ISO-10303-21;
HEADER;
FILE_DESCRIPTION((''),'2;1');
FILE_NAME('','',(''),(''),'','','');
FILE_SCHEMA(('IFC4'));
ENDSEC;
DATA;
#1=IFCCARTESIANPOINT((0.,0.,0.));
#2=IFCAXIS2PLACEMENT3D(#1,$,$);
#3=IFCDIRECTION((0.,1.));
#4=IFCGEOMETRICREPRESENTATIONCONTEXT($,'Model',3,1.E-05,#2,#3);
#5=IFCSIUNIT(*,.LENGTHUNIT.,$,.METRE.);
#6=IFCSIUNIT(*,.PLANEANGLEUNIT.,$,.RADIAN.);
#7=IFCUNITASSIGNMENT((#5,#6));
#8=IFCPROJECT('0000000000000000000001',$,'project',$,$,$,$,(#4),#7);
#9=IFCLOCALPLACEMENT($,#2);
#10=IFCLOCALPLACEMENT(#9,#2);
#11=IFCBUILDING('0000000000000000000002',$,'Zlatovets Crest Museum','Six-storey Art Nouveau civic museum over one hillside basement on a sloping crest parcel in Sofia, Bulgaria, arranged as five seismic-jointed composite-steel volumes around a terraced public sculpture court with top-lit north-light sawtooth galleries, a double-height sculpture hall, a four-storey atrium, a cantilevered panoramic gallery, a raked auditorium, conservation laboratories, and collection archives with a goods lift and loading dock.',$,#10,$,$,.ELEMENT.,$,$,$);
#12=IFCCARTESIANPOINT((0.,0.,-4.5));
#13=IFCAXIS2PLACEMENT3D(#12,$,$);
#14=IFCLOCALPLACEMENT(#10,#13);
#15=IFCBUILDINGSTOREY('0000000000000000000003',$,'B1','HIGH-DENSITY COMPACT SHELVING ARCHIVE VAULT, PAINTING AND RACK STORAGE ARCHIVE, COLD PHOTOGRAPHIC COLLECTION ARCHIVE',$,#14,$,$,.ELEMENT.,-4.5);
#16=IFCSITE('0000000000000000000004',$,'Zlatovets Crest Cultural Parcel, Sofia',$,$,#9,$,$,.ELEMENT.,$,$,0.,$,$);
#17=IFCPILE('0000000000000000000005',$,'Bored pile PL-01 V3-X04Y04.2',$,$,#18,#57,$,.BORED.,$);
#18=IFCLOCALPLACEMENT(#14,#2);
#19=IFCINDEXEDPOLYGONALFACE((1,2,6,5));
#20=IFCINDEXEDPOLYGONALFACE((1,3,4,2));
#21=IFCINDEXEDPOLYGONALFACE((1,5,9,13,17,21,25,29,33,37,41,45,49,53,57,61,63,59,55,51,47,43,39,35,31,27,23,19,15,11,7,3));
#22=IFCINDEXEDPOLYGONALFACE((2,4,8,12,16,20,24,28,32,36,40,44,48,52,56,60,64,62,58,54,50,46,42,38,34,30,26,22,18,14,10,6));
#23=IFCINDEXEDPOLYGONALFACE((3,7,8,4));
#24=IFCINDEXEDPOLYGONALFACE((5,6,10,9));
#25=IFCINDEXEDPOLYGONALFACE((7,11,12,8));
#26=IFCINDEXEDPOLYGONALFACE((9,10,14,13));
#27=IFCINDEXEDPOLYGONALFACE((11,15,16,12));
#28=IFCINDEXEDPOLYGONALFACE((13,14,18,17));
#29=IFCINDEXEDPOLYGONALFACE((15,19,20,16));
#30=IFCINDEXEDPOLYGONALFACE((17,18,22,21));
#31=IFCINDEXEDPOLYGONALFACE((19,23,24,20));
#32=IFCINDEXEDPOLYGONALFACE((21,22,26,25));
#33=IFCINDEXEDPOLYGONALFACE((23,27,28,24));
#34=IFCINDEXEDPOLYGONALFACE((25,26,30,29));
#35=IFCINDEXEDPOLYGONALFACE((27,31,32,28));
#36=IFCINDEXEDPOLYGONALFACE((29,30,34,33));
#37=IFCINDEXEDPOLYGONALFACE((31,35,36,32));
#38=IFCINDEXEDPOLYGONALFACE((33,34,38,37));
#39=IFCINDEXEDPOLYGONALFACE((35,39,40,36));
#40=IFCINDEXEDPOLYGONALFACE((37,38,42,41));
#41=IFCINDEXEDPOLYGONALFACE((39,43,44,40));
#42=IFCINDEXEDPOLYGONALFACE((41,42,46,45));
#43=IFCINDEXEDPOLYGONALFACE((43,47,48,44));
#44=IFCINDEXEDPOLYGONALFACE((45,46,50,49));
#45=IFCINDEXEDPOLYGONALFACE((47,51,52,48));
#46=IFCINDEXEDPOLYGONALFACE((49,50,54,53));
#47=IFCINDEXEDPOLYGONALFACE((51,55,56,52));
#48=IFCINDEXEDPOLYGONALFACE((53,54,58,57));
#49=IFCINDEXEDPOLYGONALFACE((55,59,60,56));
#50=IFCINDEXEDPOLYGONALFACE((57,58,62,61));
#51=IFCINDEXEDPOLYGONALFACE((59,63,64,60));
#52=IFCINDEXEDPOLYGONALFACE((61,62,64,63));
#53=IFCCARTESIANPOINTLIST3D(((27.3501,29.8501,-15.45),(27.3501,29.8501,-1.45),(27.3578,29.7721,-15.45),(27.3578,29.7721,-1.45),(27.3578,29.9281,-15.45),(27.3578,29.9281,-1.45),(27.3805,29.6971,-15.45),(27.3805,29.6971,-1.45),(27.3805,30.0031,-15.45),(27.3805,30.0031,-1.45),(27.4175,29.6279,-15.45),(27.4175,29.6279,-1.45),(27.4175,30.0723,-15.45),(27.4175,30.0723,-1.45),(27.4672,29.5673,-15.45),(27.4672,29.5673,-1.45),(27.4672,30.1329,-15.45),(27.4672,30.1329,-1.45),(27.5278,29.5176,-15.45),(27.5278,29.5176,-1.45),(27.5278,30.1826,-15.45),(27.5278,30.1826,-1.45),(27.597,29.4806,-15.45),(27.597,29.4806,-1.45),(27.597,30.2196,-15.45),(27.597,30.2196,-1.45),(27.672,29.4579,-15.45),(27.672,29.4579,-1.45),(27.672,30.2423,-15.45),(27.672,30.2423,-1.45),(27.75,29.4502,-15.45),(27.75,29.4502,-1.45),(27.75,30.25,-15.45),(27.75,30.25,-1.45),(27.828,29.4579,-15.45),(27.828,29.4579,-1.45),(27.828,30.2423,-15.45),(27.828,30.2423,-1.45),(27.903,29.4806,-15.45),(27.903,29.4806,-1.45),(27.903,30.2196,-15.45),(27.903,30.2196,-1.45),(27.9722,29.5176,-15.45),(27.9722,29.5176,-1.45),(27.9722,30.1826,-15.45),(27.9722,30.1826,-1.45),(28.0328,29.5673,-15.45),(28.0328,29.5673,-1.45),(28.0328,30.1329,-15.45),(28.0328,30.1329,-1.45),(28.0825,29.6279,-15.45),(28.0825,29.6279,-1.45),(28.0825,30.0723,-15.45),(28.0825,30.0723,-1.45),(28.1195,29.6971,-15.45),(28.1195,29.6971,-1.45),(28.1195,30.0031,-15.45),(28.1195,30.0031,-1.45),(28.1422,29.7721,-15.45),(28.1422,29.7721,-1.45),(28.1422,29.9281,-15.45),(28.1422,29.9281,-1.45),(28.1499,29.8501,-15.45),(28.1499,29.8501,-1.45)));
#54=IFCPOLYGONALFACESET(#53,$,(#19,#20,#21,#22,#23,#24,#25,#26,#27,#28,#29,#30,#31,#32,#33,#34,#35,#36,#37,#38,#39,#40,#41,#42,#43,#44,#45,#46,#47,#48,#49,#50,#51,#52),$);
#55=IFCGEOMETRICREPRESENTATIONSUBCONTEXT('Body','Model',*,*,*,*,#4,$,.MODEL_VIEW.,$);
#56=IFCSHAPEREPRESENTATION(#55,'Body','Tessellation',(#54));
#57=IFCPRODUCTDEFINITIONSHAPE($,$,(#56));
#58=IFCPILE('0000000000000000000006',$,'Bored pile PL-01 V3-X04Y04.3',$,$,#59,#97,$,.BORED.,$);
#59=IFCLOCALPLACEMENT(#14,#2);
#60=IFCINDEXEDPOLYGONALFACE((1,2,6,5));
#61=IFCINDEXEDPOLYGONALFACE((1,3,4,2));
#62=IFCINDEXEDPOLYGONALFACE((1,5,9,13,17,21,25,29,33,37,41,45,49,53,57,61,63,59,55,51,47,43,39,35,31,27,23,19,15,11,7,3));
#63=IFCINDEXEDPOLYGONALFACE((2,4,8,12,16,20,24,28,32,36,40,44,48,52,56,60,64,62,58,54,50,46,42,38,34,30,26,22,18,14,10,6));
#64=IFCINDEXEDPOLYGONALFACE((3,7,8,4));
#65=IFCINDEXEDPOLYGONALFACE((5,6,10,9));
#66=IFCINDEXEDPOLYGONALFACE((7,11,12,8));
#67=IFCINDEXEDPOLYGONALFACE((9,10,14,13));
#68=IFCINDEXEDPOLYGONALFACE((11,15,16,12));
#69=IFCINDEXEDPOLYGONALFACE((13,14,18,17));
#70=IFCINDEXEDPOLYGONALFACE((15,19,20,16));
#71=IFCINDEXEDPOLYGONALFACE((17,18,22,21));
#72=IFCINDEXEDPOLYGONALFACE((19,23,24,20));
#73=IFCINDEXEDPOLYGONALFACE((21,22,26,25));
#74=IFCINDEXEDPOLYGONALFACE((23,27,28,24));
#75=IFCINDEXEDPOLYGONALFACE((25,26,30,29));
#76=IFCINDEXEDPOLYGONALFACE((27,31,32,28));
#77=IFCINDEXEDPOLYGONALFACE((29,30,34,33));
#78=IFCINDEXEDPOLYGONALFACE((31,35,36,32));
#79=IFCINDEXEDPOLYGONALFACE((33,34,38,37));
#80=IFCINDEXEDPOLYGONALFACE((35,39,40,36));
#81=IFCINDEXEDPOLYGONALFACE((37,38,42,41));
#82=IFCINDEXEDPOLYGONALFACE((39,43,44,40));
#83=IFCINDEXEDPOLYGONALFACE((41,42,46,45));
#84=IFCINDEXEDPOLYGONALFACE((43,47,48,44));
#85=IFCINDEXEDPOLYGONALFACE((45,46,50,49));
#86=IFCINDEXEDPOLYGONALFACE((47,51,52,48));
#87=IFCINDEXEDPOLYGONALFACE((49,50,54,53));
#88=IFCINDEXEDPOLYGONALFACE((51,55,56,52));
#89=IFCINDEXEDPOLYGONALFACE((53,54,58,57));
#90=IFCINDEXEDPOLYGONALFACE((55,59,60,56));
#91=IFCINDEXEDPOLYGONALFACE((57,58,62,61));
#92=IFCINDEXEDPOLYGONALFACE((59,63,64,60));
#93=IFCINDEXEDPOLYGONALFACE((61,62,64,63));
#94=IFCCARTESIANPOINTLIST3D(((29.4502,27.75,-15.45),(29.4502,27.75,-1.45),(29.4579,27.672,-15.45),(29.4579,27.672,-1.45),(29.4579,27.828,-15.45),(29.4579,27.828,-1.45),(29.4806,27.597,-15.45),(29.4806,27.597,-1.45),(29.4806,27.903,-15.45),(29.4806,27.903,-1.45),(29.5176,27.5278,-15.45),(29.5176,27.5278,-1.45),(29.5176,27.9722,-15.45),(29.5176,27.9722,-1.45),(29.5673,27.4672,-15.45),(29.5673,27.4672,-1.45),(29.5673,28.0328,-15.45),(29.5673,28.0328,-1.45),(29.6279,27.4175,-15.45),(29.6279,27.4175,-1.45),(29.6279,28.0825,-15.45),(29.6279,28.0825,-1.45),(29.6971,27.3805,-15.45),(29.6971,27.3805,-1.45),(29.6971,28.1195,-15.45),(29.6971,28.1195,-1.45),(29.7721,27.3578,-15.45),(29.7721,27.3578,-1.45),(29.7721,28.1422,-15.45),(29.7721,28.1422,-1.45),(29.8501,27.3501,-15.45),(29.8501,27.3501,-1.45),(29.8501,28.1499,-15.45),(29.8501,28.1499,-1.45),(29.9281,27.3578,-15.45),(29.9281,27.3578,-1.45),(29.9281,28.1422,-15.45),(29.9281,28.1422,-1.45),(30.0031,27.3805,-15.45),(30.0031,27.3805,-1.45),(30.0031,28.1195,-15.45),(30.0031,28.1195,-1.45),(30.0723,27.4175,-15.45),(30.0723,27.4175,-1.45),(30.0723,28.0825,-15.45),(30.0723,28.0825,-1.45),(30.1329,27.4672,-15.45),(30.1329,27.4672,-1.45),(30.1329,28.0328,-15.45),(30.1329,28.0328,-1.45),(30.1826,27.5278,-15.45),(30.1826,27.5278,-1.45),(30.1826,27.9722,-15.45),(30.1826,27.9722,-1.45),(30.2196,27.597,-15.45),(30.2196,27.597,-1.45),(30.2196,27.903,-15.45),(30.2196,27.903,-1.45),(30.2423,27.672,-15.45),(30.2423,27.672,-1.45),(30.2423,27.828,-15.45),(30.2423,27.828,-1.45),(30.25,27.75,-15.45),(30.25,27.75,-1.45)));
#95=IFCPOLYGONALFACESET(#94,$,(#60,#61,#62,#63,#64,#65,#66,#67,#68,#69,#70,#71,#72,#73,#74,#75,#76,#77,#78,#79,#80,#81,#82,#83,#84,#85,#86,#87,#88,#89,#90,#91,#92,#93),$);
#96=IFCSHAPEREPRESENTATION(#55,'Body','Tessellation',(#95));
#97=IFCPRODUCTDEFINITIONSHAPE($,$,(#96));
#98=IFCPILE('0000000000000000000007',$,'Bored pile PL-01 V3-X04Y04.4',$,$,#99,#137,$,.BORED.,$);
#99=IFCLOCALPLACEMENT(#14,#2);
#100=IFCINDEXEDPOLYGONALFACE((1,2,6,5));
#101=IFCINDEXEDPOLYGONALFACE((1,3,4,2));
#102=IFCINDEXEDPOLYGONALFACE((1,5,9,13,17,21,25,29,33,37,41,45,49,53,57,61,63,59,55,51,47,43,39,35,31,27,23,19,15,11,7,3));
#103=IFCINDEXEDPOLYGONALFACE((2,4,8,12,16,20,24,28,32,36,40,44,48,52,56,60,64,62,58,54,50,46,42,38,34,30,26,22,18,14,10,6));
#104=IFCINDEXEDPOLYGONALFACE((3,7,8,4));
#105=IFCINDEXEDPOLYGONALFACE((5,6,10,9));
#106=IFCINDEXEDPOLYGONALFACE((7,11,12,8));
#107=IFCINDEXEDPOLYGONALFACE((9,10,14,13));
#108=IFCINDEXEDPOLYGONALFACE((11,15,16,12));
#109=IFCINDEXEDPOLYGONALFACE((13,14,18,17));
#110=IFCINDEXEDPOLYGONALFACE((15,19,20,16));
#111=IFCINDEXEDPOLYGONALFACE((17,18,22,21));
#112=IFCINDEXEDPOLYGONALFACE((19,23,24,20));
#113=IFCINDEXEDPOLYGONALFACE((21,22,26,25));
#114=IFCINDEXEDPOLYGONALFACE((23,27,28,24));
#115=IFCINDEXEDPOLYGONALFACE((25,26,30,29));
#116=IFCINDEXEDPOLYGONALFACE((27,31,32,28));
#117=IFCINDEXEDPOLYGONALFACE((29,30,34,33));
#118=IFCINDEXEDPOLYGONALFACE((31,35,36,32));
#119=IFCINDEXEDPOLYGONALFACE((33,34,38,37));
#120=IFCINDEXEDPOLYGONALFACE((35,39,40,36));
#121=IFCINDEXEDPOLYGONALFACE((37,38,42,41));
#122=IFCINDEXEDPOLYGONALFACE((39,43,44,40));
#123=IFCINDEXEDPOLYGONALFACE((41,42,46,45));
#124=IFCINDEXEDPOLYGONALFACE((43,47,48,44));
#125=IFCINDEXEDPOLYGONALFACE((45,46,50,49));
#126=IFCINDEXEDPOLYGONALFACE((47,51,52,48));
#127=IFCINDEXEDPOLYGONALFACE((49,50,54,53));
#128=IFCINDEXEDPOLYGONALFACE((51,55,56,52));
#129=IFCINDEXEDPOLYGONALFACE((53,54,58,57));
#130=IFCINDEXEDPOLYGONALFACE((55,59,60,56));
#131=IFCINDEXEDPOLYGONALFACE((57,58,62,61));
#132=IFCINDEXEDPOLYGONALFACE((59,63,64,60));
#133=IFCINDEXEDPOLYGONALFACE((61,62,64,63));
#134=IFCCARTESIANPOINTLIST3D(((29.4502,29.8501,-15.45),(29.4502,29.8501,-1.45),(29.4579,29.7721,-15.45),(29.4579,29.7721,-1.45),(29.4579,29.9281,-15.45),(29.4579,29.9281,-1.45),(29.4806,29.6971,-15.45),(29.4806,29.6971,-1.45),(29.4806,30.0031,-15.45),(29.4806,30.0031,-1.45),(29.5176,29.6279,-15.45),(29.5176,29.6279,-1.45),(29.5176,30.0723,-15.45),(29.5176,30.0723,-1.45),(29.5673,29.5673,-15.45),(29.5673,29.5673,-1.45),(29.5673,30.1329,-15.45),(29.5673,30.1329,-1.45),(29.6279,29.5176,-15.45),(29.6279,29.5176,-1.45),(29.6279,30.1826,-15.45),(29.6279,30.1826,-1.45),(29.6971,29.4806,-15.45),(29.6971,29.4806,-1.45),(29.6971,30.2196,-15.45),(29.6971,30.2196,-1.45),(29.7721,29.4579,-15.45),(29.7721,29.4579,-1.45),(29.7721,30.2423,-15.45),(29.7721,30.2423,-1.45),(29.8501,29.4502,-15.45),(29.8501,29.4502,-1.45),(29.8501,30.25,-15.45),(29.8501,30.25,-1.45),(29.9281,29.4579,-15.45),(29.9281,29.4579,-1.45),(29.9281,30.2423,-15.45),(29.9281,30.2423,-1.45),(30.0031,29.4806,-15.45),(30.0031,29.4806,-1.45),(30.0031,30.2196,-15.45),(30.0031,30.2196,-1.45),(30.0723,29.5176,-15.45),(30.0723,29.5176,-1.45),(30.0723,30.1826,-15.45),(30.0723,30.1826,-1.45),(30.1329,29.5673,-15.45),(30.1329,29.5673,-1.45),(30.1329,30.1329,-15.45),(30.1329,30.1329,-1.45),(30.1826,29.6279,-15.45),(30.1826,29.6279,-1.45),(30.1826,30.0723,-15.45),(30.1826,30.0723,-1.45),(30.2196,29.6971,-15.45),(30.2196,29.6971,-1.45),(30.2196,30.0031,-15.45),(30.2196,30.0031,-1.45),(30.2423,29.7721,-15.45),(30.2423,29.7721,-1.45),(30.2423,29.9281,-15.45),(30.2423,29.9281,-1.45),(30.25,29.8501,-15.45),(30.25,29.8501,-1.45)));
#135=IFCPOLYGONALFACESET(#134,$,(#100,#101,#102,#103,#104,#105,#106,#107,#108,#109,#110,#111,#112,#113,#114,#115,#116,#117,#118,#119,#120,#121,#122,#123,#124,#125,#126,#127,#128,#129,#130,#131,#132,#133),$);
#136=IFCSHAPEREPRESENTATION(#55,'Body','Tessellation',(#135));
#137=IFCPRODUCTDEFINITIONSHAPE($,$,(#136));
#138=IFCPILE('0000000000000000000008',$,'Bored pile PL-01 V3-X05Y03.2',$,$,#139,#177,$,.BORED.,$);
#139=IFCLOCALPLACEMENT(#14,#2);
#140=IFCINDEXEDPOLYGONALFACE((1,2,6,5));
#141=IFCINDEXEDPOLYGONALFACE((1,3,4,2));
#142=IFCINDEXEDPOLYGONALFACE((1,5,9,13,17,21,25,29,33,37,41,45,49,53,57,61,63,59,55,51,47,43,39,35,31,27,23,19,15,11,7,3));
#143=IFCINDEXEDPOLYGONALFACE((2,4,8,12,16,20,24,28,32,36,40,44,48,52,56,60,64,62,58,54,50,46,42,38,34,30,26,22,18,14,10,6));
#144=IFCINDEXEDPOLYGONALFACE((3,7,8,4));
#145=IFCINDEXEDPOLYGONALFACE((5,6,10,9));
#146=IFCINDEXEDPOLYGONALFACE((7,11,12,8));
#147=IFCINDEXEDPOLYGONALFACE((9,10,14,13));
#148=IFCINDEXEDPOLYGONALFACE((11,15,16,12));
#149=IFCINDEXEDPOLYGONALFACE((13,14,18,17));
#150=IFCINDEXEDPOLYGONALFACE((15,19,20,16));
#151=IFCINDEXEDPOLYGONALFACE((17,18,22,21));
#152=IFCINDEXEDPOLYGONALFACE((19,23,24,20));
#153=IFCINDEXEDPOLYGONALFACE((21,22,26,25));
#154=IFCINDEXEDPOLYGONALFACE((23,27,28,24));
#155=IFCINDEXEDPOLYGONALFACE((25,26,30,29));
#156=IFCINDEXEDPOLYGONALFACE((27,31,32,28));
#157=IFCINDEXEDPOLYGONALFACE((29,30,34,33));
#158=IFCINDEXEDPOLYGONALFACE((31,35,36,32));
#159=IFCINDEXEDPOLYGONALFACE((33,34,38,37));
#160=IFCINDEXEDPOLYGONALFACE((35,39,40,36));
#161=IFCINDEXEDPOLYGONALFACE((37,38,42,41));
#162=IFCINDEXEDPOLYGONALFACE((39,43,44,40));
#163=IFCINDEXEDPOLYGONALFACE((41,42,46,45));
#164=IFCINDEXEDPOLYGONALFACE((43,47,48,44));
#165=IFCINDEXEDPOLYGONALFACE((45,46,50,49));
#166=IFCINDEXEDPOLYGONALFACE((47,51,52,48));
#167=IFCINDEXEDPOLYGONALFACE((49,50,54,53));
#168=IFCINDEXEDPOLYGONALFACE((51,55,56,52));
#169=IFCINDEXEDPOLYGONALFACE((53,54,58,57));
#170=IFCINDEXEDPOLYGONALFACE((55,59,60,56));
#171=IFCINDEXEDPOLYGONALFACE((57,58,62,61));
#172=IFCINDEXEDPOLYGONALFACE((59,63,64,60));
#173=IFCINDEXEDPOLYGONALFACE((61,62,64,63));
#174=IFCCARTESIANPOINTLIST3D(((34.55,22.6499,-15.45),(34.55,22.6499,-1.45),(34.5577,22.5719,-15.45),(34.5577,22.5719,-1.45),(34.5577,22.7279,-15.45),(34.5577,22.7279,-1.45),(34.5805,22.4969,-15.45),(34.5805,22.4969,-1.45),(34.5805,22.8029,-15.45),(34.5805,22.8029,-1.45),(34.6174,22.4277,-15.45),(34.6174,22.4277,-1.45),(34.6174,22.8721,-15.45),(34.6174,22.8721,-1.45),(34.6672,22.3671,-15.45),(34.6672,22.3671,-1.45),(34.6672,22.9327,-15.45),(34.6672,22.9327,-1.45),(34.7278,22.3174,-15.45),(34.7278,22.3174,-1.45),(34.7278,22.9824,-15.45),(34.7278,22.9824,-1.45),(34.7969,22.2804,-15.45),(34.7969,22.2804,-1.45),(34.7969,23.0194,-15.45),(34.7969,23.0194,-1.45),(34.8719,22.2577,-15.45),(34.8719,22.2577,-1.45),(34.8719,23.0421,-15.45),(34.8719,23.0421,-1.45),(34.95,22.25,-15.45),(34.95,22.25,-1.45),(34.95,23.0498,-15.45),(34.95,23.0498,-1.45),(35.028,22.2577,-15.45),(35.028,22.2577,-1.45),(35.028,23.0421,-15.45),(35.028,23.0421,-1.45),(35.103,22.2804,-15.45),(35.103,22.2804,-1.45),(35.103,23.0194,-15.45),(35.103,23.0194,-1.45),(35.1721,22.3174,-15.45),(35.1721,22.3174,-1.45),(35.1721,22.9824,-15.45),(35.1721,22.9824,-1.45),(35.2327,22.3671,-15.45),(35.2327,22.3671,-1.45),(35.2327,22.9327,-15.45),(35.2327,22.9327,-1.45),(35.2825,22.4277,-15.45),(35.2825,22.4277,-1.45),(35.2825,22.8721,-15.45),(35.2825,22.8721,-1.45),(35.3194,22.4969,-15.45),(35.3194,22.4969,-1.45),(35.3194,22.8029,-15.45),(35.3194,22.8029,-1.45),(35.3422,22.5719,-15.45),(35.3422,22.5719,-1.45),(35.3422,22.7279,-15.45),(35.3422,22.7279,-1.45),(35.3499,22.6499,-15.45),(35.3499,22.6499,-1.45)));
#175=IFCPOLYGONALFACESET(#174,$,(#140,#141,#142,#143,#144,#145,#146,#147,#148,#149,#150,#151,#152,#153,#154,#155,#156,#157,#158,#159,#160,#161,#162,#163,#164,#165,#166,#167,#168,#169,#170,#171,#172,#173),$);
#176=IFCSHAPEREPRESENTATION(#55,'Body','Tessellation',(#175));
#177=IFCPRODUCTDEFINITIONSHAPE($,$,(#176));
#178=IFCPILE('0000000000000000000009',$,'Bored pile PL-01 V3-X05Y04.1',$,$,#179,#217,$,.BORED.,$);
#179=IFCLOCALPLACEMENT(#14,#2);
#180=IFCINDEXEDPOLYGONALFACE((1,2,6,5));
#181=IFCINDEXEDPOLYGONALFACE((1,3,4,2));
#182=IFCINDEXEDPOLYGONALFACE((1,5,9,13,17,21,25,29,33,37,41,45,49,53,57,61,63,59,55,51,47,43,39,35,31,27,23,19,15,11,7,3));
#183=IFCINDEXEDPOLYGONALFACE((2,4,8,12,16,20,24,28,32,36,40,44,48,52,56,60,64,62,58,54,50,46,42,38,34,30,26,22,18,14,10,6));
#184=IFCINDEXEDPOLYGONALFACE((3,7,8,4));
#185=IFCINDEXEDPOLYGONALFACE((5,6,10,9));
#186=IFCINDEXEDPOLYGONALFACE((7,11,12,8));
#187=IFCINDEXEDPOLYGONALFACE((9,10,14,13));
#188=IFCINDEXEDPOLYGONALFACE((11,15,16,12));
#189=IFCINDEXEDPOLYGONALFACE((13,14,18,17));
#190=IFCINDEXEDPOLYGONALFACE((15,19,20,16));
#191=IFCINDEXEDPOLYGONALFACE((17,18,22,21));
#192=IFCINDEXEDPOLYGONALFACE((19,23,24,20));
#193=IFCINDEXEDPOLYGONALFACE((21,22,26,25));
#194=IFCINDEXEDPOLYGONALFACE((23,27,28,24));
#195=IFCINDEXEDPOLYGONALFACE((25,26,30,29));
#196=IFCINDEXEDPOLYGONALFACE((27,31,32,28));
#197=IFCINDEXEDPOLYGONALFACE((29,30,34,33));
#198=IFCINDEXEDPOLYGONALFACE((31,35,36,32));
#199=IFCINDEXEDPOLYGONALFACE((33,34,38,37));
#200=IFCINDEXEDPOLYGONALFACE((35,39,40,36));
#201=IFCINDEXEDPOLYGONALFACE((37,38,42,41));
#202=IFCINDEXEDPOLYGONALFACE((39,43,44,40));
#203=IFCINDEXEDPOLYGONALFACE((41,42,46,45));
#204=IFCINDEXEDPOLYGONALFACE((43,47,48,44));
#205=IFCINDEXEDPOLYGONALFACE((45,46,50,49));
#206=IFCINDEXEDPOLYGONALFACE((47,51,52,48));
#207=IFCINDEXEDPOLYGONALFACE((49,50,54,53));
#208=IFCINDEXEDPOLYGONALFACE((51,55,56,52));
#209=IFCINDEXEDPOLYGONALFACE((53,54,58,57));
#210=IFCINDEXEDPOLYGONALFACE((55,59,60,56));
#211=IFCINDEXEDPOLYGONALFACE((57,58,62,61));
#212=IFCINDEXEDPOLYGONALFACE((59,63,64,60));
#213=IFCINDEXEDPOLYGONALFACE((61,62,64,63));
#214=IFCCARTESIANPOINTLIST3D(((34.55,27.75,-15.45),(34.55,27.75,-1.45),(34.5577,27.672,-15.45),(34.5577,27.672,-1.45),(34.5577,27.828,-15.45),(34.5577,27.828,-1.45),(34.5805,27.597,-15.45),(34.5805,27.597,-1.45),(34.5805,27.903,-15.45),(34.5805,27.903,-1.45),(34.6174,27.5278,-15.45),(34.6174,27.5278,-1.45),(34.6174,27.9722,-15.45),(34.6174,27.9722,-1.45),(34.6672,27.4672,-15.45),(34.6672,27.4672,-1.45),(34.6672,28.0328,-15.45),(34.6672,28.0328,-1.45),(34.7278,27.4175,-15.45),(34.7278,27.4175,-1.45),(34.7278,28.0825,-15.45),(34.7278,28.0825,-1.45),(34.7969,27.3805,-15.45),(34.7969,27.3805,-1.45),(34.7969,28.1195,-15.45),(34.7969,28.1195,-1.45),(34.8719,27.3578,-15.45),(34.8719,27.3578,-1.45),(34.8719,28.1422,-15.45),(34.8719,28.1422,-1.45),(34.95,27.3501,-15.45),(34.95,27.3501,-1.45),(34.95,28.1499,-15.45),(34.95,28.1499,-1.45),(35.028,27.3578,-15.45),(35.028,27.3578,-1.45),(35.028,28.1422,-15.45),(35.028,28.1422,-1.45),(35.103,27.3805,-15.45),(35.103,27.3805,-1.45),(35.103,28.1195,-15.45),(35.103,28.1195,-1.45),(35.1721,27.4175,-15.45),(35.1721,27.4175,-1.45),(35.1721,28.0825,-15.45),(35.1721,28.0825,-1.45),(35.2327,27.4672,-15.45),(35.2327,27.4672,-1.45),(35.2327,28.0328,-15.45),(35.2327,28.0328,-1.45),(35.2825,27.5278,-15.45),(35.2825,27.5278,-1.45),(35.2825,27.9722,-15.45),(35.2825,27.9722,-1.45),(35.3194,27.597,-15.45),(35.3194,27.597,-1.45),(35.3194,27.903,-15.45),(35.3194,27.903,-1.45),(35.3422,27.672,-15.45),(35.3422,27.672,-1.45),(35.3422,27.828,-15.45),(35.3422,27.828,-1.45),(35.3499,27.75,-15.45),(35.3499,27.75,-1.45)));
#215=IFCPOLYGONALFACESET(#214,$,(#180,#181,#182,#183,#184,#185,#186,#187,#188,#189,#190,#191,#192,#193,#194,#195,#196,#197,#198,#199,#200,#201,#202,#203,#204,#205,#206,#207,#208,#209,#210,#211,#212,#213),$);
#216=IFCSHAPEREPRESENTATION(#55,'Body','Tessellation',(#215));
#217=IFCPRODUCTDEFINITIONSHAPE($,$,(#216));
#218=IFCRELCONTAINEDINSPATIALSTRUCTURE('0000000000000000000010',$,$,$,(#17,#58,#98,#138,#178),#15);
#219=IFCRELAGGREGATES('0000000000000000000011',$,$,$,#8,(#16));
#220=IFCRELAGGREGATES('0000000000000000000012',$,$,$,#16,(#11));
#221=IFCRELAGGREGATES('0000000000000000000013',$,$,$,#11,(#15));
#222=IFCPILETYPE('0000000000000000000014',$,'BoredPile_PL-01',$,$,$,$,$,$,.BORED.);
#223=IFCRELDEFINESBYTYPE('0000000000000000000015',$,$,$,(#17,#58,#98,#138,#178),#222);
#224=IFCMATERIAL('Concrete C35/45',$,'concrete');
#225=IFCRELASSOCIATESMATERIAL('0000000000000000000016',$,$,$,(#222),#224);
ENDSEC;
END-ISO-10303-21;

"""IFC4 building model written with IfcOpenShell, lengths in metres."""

from ifc_helpers import new_model, si_unit, direction, frame, origin, origin_2d, place, context, subcontext, project, spatial, circle, extrude, material, material_profile, profile_set, type_object, element, save


model = new_model("IFC4")

# Units and contexts
model_context = context("Model", 3, precision=1e-05, world=origin(), true_north=direction((0.0, 1.0)))
body_context = subcontext(model_context, "Body", "Model", "MODEL_VIEW")
ifc_project = project(units=[si_unit("LENGTHUNIT", "METRE"), si_unit("PLANEANGLEUNIT", "RADIAN")], contexts=[model_context])

# Site, building, storey
site_placement = place(None, origin())
site = spatial("IfcSite", under=ifc_project, at=site_placement, Name="Zlatovets Crest Cultural Parcel, Sofia", CompositionType="ELEMENT", RefElevation=0.0)
building_placement = place(site_placement, origin())
building = spatial("IfcBuilding", under=site, at=building_placement, Name="Zlatovets Crest Museum", Description="Six-storey Art Nouveau civic museum over one hillside basement on a sloping crest parcel in Sofia, Bulgaria, arranged as five seismic-jointed composite-steel volumes around a terraced public sculpture court with top-lit north-light sawtooth galleries, a double-height sculpture hall, a four-storey atrium, a cantilevered panoramic gallery, a raked auditorium, conservation laboratories, and collection archives with a goods lift and loading dock.", CompositionType="ELEMENT")
storey_placement = place(building_placement, frame((0.0, 0.0, -4.5)))
storey = spatial("IfcBuildingStorey", under=building, at=storey_placement, Name="B1", Description="HIGH-DENSITY COMPACT SHELVING ARCHIVE VAULT, PAINTING AND RACK STORAGE ARCHIVE, COLD PHOTOGRAPHIC COLLECTION ARCHIVE", CompositionType="ELEMENT", Elevation=-4.5)

# Piles
ifc_material_1 = material(Name="Concrete C35/45", Category="concrete")
ifc_material_profile_1 = material_profile(ifc_material_1, circle(Radius=0.3999, at=origin_2d()), Name="PILE D800")
ifc_profile_set_1 = profile_set([ifc_material_profile_1], Name="Concrete C35/45")
pile_type = type_object("IfcPileType", Name="BoredPile_PL-01", PredefinedType="BORED", material=ifc_profile_set_1)
for number, where, z_axis, x_axis, name in (
    (1, (27.75, 29.8501, -1.45), (0.0, 0.0, -1.0), (1.0, 0.0, 0.0), "Bored pile PL-01 V3-X04Y04.2"),
    (2, (29.8501, 27.75, -1.45), (0.0, 0.0, -1.0), (1.0, 0.0, 0.0), "Bored pile PL-01 V3-X04Y04.3"),
    (3, (29.8501, 29.8501, -1.45), (0.0, 0.0, -1.0), (1.0, 0.0, 0.0), "Bored pile PL-01 V3-X04Y04.4"),
    (4, (34.95, 22.6499, -1.45), (0.0, 0.0, -1.0), (1.0, 0.0, 0.0), "Bored pile PL-01 V3-X05Y03.2"),
    (5, (34.95, 27.75, -1.45), (0.0, 0.0, -1.0), (1.0, 0.0, 0.0), "Bored pile PL-01 V3-X05Y04.1"),
):
    element("IfcPile", number, at=place(storey_placement, frame(where, z_axis=z_axis, x_axis=x_axis)), inside=storey, type_object=pile_type, Name=name, PredefinedType="BORED", context=body_context, shape_type="SweptSolid", body=[
        extrude(circle(Radius=0.3999, at=origin_2d()), origin(), (0.0, 0.0, 1.0), 14.0),
    ])

save(model, "model.ifc")
